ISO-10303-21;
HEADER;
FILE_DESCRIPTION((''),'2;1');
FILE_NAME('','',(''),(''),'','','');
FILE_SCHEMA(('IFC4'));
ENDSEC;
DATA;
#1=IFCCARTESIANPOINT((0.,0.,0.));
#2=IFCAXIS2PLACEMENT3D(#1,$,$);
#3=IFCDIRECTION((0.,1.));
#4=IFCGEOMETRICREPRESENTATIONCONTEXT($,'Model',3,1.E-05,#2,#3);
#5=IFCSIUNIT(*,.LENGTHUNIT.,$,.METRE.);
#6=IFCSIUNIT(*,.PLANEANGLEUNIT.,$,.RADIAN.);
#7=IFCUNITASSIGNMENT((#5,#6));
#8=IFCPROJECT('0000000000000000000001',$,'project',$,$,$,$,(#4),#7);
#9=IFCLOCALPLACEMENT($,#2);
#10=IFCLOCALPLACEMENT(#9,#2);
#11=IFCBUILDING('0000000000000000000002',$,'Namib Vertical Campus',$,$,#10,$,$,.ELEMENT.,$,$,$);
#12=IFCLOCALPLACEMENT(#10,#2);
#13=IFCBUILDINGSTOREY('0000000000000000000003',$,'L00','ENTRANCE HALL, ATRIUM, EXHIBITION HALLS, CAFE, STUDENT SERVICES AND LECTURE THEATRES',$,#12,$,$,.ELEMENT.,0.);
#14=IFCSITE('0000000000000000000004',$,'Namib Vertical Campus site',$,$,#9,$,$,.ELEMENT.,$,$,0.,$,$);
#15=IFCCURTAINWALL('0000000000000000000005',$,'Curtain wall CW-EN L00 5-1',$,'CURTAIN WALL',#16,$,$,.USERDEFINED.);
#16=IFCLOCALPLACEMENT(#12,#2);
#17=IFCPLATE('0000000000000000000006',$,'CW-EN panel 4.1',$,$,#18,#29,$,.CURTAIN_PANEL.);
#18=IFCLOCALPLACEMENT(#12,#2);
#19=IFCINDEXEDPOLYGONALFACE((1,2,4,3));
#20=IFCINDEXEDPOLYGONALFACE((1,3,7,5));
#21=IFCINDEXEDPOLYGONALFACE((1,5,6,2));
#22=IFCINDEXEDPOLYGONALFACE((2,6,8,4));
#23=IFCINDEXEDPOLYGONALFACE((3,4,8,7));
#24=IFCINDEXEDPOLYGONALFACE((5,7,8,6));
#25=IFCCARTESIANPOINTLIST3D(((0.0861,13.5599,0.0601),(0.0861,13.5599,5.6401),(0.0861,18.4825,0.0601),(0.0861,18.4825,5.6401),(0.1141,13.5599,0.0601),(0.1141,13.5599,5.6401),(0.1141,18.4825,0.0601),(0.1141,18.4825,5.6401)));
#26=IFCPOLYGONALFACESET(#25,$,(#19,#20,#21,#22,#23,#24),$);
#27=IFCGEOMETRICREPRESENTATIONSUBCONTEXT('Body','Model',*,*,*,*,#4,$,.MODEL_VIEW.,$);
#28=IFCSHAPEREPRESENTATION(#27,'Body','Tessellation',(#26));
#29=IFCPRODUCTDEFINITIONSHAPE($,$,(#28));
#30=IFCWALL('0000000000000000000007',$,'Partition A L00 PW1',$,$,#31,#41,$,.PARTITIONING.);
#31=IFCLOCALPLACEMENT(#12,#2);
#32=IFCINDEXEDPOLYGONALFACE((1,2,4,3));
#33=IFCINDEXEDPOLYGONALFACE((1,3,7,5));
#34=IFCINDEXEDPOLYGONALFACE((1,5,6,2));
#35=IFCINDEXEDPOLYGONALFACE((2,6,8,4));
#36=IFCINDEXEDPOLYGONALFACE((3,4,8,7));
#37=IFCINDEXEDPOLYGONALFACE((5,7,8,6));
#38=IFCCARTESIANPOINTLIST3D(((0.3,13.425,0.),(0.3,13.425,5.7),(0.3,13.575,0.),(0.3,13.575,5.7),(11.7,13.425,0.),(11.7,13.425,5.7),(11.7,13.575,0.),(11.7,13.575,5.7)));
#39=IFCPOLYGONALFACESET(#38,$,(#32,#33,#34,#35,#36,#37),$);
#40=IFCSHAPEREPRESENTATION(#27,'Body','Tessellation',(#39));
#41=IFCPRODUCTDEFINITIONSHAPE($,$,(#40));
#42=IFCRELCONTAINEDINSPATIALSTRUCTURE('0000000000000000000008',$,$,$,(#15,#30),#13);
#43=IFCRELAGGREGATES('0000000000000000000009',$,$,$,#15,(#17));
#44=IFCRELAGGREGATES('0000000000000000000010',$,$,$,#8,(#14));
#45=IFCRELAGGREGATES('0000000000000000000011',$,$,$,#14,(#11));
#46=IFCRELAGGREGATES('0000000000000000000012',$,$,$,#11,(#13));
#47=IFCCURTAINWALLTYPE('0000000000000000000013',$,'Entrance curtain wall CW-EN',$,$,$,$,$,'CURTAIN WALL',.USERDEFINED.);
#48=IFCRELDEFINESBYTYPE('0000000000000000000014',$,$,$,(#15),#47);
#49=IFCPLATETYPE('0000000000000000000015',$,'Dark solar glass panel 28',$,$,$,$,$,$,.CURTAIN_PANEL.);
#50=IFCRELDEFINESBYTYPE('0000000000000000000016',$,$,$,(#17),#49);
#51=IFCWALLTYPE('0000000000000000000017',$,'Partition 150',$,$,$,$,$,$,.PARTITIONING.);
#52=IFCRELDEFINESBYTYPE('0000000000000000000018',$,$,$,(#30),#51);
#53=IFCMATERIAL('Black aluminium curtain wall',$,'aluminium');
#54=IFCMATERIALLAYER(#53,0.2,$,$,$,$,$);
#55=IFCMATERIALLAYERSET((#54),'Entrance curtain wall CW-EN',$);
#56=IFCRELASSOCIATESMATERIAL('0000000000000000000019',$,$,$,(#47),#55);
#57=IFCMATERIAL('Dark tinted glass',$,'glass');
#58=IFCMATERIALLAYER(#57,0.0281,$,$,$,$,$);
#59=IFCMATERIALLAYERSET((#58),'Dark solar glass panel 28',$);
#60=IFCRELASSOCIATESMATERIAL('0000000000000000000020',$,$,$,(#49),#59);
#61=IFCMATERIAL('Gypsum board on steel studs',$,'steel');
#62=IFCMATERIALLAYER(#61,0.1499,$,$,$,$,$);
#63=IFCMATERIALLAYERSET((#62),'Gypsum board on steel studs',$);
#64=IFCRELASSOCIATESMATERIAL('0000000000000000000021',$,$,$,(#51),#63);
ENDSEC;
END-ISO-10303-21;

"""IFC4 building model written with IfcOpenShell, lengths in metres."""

from ifc_helpers import new_model, si_unit, direction, frame, frame_2d, origin, origin_2d, place, context, subcontext, project, spatial, rectangle, extrude, material, layer, layer_set, type_object, element, aggregate, save


model = new_model("IFC4")

# Units and contexts
model_context = context("Model", 3, precision=1e-05, world=origin(), true_north=direction((0.0, 1.0)))
body_context = subcontext(model_context, "Body", "Model", "MODEL_VIEW")
ifc_project = project(units=[si_unit("LENGTHUNIT", "METRE"), si_unit("PLANEANGLEUNIT", "RADIAN")], contexts=[model_context])

# Site, building, storey
site_placement = place(None, origin())
site = spatial("IfcSite", under=ifc_project, at=site_placement, Name="Namib Vertical Campus site", CompositionType="ELEMENT", RefElevation=0.0)
building_placement = place(site_placement, origin())
building = spatial("IfcBuilding", under=site, at=building_placement, Name="Namib Vertical Campus", CompositionType="ELEMENT")
storey_placement = place(building_placement, origin())
storey = spatial("IfcBuildingStorey", under=building, at=storey_placement, Name="L00", Description="ENTRANCE HALL, ATRIUM, EXHIBITION HALLS, CAFE, STUDENT SERVICES AND LECTURE THEATRES", CompositionType="ELEMENT", Elevation=0.0)

# Curtain wall, plate
ifc_material_1 = material(Name="Black aluminium curtain wall", Category="aluminium")
ifc_layer_1 = layer(ifc_material_1, 0.2)
ifc_layer_set_1 = layer_set([ifc_layer_1], Name="Entrance curtain wall CW-EN")
curtain_wall_type = type_object("IfcCurtainWallType", Name="Entrance curtain wall CW-EN", ElementType="CURTAIN WALL", PredefinedType="USERDEFINED", material=ifc_layer_set_1)
curtain_wall_placement = place(storey_placement, origin())
curtain_wall = element("IfcCurtainWall", 1, at=curtain_wall_placement, inside=storey, type_object=curtain_wall_type, Name="Curtain wall CW-EN L00 5-1", ObjectType="CURTAIN WALL", PredefinedType="USERDEFINED")
ifc_material_2 = material(Name="Dark tinted glass", Category="glass")
ifc_layer_2 = layer(ifc_material_2, 0.0281)
ifc_layer_set_2 = layer_set([ifc_layer_2], Name="Dark solar glass panel 28")
plate_type = type_object("IfcPlateType", Name="Dark solar glass panel 28", PredefinedType="CURTAIN_PANEL", material=ifc_layer_set_2)
plate_placement = place(storey_placement, frame((0.1001, 16.0212, 0.0601), z_axis=(0.0, 0.0, 1.0), x_axis=(0.0, -1.0, 0.0)))
plate = element("IfcPlate", 2, at=plate_placement, type_object=plate_type, Name="CW-EN panel 4.1", PredefinedType="CURTAIN_PANEL", context=body_context, shape_type="SweptSolid", body=[
    extrude(rectangle(XDim=4.9226, YDim=0.0281, at=origin_2d()), origin(), (0.0, 0.0, 1.0), 5.5801),
])
aggregate(curtain_wall, [plate])

# Wall
ifc_material_3 = material(Name="Gypsum board on steel studs", Category="steel")
ifc_layer_3 = layer(ifc_material_3, 0.1499)
ifc_layer_set_3 = layer_set([ifc_layer_3], Name="Gypsum board on steel studs")
wall_type_1 = type_object("IfcWallType", Name="Partition 150", PredefinedType="PARTITIONING", material=ifc_layer_set_3)
wall_1_placement = place(storey_placement, frame((0.3, 13.5, 0.0), z_axis=(0.0, 0.0, 1.0), x_axis=(1.0, 0.0, 0.0)))
element("IfcWall", 3, at=wall_1_placement, inside=storey, type_object=wall_type_1, Name="Partition A L00 PW1", PredefinedType="PARTITIONING", context=body_context, shape_type="SweptSolid", body=[
    extrude(rectangle(XDim=11.3999, YDim=0.1499, at=frame_2d((5.7, 0.0))), origin(), (0.0, 0.0, 1.0), 5.7),
])

save(model, "model.ifc")
